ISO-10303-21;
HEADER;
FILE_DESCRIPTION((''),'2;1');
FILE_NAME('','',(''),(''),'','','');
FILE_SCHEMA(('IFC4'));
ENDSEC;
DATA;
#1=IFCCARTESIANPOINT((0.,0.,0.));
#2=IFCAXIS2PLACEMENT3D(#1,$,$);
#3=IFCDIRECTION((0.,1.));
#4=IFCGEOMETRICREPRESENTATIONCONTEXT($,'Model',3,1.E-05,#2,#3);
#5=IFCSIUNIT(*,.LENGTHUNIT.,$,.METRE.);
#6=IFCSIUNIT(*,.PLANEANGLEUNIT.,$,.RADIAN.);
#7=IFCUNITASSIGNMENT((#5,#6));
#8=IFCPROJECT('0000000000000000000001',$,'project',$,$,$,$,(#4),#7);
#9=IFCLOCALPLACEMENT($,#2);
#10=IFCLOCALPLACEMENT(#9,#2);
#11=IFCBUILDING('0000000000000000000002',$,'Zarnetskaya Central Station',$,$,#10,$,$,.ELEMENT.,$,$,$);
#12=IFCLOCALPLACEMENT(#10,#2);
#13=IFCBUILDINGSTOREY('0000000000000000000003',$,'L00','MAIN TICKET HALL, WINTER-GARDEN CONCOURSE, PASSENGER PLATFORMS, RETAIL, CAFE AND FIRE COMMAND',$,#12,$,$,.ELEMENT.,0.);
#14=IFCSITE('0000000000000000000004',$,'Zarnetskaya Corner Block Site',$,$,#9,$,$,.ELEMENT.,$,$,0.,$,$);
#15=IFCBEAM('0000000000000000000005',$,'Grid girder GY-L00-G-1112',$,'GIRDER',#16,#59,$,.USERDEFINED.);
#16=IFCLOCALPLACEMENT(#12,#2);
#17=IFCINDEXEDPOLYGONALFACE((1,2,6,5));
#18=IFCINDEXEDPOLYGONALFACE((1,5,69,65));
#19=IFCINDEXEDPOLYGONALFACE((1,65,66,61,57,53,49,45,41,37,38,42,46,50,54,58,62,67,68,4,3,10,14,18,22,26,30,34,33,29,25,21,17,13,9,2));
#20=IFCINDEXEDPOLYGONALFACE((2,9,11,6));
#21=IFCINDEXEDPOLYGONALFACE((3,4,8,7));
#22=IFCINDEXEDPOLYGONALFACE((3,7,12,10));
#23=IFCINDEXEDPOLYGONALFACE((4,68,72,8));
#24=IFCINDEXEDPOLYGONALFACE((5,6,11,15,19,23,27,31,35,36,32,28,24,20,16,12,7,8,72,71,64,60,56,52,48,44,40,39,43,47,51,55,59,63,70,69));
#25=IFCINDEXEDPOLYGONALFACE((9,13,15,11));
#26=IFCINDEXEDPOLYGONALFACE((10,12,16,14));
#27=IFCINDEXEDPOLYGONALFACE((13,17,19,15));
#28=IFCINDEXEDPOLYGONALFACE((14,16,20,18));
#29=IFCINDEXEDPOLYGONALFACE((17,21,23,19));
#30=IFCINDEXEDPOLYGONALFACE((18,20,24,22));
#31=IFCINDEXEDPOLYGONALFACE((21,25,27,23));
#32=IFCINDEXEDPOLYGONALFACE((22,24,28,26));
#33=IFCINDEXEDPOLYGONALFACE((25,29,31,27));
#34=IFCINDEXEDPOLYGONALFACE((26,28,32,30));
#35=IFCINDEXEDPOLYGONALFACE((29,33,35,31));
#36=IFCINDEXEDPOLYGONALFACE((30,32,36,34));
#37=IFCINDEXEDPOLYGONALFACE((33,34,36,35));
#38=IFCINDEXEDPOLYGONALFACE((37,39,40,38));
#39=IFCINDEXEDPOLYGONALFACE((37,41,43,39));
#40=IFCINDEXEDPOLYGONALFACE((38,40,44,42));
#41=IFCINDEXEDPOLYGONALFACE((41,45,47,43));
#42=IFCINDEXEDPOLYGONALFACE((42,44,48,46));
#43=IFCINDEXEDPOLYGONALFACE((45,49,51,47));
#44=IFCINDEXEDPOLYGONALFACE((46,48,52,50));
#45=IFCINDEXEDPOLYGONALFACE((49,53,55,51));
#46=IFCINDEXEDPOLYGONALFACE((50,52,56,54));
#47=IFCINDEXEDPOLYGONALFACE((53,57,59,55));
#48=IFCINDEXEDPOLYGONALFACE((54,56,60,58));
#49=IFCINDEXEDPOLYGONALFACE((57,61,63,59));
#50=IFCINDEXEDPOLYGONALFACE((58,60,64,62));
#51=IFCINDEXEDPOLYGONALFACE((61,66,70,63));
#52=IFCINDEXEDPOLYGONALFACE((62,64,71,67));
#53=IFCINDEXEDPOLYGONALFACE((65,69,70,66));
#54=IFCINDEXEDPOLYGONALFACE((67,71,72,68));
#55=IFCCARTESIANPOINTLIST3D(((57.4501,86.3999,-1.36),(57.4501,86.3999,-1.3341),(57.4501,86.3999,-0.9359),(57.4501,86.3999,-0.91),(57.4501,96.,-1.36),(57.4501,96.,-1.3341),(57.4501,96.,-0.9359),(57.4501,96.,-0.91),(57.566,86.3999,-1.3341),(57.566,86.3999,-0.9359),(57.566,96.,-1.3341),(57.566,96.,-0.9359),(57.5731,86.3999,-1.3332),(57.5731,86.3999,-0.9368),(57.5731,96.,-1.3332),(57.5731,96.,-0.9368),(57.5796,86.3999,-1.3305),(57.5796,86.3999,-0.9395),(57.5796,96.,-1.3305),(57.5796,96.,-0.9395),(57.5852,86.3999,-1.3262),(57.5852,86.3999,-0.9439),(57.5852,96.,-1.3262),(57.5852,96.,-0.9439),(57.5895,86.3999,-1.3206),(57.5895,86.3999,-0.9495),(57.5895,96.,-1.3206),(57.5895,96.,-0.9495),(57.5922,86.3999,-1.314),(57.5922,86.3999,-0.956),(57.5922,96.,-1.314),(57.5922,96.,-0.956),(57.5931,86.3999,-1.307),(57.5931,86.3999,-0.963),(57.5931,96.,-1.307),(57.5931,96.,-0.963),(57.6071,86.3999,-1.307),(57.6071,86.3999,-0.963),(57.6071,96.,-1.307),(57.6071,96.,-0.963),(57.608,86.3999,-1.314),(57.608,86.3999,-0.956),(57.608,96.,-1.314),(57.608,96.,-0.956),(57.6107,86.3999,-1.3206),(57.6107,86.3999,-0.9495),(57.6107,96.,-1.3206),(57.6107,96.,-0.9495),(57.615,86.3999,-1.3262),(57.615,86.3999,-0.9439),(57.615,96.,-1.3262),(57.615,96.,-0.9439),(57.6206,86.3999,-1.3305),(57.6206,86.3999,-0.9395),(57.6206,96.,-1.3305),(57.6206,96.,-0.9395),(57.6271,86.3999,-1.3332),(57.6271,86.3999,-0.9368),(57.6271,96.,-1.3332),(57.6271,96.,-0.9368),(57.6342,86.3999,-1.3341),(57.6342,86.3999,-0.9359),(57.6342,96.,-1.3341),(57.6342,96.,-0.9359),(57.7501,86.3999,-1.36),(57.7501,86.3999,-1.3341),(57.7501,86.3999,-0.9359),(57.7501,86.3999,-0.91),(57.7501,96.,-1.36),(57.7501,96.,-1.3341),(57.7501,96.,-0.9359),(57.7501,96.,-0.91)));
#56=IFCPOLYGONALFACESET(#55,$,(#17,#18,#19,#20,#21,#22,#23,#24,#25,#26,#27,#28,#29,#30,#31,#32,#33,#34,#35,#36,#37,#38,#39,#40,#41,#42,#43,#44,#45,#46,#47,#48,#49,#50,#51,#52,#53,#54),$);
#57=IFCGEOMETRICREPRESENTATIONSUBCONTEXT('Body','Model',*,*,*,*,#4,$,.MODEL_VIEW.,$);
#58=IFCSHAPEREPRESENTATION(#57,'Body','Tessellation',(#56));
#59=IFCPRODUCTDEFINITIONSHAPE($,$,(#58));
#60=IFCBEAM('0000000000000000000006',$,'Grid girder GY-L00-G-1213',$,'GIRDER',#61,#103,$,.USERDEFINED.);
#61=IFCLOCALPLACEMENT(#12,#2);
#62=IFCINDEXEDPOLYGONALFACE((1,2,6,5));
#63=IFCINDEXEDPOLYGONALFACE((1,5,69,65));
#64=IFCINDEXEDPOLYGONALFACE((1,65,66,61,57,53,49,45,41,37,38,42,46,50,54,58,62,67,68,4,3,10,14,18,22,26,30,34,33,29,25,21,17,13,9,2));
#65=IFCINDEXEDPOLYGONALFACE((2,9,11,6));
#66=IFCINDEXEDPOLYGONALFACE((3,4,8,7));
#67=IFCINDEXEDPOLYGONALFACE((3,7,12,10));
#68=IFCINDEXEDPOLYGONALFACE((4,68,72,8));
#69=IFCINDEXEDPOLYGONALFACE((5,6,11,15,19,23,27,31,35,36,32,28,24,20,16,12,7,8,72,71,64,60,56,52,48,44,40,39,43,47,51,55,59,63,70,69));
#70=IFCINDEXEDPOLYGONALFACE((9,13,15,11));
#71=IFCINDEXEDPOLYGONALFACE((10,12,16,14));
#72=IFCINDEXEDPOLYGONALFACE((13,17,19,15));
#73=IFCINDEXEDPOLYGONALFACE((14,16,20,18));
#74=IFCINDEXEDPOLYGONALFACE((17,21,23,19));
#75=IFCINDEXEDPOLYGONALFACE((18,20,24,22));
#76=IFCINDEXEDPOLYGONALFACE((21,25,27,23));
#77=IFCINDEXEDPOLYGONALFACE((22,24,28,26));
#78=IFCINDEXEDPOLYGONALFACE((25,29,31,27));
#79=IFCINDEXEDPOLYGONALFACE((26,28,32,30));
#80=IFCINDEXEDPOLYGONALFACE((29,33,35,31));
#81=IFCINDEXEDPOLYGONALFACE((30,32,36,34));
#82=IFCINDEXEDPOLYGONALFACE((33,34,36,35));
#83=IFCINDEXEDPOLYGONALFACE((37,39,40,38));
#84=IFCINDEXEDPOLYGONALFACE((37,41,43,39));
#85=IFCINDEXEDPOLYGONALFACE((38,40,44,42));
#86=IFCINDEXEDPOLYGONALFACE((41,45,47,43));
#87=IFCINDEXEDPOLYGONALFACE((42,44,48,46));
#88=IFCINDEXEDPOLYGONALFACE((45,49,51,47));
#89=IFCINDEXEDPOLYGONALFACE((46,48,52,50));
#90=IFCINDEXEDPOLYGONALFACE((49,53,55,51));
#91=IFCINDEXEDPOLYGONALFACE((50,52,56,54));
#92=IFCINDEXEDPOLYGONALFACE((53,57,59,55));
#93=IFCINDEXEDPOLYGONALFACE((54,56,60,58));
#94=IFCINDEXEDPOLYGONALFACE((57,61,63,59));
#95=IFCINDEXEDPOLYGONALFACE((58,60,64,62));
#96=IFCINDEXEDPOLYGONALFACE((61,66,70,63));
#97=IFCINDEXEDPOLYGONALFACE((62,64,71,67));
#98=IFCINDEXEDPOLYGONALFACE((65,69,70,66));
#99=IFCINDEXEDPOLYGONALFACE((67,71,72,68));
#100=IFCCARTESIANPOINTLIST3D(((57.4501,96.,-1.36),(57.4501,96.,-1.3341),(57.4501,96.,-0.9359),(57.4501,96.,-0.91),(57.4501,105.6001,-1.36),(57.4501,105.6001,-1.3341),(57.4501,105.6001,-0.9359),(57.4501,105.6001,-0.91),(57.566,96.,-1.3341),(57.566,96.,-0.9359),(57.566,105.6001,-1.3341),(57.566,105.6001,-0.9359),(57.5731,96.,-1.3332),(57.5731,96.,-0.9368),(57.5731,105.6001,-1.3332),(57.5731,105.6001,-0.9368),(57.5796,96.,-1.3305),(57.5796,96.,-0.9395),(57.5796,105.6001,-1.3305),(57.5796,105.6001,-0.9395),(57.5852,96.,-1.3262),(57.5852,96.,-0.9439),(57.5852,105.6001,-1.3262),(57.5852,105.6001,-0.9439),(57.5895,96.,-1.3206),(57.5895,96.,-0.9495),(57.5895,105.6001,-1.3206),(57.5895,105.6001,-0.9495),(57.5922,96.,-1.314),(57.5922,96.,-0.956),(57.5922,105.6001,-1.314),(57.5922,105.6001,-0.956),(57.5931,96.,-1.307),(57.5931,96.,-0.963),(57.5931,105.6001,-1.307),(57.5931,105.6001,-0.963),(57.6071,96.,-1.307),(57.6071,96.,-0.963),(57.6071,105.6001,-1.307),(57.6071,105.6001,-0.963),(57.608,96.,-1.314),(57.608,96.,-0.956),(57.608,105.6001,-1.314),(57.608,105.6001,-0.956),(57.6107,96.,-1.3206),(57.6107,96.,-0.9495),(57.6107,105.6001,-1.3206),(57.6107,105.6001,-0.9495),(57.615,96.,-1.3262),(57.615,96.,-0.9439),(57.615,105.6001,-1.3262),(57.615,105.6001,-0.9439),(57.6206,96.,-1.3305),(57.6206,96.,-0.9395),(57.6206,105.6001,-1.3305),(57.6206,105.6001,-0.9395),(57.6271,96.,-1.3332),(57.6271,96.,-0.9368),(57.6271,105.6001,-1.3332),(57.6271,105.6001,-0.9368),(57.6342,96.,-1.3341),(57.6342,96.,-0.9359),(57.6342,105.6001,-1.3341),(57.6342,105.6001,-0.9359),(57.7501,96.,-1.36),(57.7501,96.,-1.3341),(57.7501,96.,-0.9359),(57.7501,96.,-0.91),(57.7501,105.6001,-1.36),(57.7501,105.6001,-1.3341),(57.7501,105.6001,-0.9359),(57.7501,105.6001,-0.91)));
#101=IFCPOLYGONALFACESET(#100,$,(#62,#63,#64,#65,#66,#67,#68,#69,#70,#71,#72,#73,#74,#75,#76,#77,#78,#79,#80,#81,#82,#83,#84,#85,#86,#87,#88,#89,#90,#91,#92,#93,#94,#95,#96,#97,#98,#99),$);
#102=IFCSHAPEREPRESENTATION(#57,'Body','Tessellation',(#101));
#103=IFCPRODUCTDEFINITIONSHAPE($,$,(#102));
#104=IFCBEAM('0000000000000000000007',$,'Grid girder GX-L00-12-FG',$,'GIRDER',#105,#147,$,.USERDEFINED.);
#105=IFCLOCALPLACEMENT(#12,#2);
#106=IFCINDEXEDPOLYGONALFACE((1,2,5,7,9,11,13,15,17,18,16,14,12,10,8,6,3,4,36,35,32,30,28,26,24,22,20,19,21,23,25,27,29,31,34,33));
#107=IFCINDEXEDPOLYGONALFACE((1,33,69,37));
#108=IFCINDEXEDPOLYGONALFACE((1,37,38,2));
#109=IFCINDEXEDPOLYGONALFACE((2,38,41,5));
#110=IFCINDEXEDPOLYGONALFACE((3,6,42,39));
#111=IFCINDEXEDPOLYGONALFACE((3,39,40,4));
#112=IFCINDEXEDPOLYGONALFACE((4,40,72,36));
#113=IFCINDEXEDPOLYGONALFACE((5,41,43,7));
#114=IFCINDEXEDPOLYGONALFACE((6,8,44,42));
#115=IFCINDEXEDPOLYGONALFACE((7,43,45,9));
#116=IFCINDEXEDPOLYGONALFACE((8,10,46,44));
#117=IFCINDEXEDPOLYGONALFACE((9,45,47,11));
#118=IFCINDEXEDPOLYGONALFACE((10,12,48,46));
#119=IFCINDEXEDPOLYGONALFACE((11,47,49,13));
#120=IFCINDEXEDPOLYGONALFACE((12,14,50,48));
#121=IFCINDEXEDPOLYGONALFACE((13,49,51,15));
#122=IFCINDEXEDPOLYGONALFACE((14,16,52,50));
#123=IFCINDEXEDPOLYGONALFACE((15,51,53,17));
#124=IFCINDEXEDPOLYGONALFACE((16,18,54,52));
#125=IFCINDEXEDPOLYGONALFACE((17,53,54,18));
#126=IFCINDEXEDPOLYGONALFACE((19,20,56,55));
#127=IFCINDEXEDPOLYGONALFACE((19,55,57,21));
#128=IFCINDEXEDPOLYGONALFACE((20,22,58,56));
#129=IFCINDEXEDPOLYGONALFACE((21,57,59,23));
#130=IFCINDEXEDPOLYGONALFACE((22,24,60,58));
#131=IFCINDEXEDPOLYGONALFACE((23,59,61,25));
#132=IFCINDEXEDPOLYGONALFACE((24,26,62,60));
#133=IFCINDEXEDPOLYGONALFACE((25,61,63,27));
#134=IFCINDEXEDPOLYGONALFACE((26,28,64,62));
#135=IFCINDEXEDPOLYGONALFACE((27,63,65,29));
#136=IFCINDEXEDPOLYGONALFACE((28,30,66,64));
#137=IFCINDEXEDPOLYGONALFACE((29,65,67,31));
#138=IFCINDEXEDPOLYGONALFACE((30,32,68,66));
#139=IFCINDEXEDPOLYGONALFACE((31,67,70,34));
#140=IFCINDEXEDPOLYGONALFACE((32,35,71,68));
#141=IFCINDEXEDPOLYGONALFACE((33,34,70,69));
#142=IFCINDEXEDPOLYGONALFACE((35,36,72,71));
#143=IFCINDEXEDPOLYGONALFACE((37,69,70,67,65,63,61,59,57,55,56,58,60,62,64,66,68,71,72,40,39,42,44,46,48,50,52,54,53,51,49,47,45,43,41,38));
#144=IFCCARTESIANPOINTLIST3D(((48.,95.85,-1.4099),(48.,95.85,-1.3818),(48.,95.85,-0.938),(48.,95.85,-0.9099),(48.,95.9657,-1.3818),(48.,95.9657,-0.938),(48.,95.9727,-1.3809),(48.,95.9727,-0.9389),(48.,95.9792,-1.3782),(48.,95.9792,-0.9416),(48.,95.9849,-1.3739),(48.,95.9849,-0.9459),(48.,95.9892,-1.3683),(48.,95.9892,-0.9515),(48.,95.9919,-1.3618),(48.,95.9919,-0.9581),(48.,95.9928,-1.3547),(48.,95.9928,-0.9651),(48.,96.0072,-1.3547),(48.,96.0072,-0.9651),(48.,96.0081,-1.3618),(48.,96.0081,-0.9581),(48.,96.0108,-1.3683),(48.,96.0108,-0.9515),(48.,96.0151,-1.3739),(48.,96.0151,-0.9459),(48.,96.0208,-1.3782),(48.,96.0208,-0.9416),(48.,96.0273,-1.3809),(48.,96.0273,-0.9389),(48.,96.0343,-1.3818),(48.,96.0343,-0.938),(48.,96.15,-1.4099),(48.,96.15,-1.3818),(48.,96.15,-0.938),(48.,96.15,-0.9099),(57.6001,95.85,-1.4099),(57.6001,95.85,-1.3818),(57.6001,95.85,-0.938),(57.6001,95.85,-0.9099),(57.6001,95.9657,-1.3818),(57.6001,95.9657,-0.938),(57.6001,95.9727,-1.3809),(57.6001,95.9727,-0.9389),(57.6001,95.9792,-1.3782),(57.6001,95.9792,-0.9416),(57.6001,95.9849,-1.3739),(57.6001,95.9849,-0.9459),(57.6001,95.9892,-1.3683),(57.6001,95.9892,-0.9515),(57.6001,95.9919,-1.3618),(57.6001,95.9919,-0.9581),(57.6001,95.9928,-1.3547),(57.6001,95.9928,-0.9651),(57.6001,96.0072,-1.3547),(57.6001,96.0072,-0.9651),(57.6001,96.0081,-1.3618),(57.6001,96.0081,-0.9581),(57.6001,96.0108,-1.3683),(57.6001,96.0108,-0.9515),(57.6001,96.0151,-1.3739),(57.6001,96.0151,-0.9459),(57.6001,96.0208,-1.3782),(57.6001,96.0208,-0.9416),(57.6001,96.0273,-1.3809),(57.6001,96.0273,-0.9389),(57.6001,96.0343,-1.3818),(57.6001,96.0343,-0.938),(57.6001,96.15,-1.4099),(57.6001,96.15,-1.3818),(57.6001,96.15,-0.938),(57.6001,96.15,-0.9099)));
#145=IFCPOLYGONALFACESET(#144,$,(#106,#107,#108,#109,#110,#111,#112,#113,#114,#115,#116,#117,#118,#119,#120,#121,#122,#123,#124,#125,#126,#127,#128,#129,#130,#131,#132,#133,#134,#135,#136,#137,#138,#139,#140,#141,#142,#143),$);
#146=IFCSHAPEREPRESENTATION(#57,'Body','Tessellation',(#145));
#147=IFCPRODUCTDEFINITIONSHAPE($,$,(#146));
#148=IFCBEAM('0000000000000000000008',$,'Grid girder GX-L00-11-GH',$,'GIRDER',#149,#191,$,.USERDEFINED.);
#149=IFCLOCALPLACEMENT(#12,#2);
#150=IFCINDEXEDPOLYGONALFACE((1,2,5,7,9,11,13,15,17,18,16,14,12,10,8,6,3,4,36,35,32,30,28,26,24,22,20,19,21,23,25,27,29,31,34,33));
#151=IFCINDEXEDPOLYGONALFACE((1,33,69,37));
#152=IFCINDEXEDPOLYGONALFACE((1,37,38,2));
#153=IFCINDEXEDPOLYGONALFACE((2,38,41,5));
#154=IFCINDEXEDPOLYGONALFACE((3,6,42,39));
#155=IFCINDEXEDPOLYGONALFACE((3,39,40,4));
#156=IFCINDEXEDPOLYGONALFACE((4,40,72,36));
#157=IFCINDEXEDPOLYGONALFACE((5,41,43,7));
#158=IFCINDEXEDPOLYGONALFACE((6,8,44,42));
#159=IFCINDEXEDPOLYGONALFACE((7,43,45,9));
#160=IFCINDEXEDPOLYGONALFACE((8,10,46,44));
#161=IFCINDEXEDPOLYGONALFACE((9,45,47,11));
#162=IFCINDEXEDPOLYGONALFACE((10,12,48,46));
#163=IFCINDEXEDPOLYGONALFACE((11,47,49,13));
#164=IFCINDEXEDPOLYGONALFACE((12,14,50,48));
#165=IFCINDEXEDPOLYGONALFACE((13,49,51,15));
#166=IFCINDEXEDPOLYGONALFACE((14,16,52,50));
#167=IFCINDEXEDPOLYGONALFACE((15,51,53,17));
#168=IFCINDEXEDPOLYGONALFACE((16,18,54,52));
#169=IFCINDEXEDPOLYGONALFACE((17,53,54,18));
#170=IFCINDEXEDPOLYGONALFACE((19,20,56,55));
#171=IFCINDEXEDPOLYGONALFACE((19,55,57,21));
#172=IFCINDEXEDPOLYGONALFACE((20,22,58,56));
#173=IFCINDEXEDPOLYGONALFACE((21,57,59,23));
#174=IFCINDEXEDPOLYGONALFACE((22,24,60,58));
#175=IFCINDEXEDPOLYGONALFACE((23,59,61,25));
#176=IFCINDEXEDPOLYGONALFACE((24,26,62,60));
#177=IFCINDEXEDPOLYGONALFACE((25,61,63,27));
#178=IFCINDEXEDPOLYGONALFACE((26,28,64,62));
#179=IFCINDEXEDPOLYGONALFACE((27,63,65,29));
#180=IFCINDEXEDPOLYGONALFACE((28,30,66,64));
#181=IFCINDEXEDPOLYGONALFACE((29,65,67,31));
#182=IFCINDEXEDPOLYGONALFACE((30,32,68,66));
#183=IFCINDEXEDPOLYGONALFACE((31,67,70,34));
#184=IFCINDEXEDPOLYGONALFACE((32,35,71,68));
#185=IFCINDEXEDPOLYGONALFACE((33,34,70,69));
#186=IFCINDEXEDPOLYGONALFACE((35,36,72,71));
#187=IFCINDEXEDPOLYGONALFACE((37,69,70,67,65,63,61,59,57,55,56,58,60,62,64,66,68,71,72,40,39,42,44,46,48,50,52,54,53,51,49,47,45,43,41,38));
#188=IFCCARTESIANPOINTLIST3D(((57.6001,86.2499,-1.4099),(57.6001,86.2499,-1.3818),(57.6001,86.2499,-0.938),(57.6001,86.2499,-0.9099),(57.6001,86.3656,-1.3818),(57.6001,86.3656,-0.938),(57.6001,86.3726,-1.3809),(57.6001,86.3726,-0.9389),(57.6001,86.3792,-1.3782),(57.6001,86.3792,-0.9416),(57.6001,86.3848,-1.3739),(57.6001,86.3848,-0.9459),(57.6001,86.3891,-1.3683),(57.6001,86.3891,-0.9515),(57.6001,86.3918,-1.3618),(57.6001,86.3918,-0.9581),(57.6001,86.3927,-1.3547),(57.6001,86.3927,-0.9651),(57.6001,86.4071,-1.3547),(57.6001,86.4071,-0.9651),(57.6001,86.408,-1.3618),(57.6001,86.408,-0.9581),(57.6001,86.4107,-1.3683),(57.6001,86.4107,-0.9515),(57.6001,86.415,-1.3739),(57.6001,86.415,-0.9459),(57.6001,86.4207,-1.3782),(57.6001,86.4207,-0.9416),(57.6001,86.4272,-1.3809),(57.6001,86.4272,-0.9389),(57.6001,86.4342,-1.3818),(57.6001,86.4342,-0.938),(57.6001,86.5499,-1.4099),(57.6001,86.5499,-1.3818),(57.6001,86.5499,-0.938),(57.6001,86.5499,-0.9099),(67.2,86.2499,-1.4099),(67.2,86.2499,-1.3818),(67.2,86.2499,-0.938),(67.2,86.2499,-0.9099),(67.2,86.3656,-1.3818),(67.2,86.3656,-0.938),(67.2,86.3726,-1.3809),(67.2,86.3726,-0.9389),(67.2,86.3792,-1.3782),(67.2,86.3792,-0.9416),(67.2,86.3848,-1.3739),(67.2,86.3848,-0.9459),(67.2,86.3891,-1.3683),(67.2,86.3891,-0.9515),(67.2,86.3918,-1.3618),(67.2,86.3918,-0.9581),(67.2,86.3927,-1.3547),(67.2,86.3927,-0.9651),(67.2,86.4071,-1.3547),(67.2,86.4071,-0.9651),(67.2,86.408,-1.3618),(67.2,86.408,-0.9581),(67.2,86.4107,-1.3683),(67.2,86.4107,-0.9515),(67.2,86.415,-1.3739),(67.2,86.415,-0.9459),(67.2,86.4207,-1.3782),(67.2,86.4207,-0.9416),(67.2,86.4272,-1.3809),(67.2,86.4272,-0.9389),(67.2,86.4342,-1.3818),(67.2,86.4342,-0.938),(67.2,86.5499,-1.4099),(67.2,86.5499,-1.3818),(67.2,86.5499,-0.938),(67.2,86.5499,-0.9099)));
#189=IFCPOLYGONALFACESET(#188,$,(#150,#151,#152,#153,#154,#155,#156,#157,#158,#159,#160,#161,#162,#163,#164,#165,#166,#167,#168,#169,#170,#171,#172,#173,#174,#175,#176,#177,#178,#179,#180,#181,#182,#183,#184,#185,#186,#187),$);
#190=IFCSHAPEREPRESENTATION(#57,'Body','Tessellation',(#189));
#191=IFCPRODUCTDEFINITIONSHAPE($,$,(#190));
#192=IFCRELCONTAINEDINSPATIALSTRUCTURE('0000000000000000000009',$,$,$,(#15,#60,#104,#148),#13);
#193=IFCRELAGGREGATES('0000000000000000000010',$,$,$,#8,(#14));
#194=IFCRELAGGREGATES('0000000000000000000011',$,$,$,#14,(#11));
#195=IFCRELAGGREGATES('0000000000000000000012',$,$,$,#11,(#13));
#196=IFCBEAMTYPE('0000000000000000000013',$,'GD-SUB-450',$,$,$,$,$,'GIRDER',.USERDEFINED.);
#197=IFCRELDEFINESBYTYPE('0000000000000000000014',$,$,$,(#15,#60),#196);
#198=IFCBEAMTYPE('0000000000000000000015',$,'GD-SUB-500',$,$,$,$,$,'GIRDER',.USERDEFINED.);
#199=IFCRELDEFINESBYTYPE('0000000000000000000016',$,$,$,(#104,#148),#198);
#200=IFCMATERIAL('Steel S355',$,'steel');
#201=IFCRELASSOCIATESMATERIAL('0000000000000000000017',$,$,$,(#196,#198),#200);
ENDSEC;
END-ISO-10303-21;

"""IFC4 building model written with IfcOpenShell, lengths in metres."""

from ifc_helpers import new_model, si_unit, direction, frame, origin, origin_2d, place, context, subcontext, project, spatial, i_section, extrude, material, material_profile, profile_set, type_object, element, save


model = new_model("IFC4")

# Units and contexts
model_context = context("Model", 3, precision=1e-05, world=origin(), true_north=direction((0.0, 1.0)))
body_context = subcontext(model_context, "Body", "Model", "MODEL_VIEW")
ifc_project = project(units=[si_unit("LENGTHUNIT", "METRE"), si_unit("PLANEANGLEUNIT", "RADIAN")], contexts=[model_context])

# Site, building, storey
site_placement = place(None, origin())
site = spatial("IfcSite", under=ifc_project, at=site_placement, Name="Zarnetskaya Corner Block Site", CompositionType="ELEMENT", RefElevation=0.0)
building_placement = place(site_placement, origin())
building = spatial("IfcBuilding", under=site, at=building_placement, Name="Zarnetskaya Central Station", CompositionType="ELEMENT")
storey_placement = place(building_placement, origin())
storey = spatial("IfcBuildingStorey", under=building, at=storey_placement, Name="L00", Description="MAIN TICKET HALL, WINTER-GARDEN CONCOURSE, PASSENGER PLATFORMS, RETAIL, CAFE AND FIRE COMMAND", CompositionType="ELEMENT", Elevation=0.0)

# Shared definitions
ifc_material = material(Name="Steel S355", Category="steel")

# Beams
ifc_material_profile_1 = material_profile(ifc_material, i_section(OverallWidth=0.3, OverallDepth=0.45, WebThickness=0.0139, FlangeThickness=0.0259, FilletRadius=0.0271, at=origin_2d()), Name="HEB 450")
ifc_profile_set_1 = profile_set([ifc_material_profile_1], Name="Steel S355")
beam_type_1 = type_object("IfcBeamType", Name="GD-SUB-450", ElementType="GIRDER", PredefinedType="USERDEFINED", material=ifc_profile_set_1)
for number, where, z_axis, x_axis, name in (
    (1, (57.6001, 86.3999, -1.135), (0.0, 1.0, 0.0), (-1.0, 0.0, 0.0), "Grid girder GY-L00-G-1112"),
    (2, (57.6001, 96.0, -1.135), (0.0, 1.0, 0.0), (-1.0, 0.0, 0.0), "Grid girder GY-L00-G-1213"),
):
    element("IfcBeam", number, at=place(storey_placement, frame(where, z_axis=z_axis, x_axis=x_axis)), inside=storey, type_object=beam_type_1, Name=name, ObjectType="GIRDER", PredefinedType="USERDEFINED", context=body_context, shape_type="SweptSolid", body=[
        extrude(i_section(OverallWidth=0.3, OverallDepth=0.45, WebThickness=0.0139, FlangeThickness=0.0259, FilletRadius=0.0271, at=origin_2d()), origin(), (0.0, 0.0, 1.0), 9.6001),
    ])
ifc_material_profile_2 = material_profile(ifc_material, i_section(OverallWidth=0.3, OverallDepth=0.5, WebThickness=0.0144, FlangeThickness=0.0281, FilletRadius=0.0271, at=origin_2d()), Name="HEB 500")
ifc_profile_set_2 = profile_set([ifc_material_profile_2], Name="Steel S355")
beam_type_2 = type_object("IfcBeamType", Name="GD-SUB-500", ElementType="GIRDER", PredefinedType="USERDEFINED", material=ifc_profile_set_2)
beam_1_placement = place(storey_placement, frame((48.0, 96.0, -1.1599), z_axis=(1.0, 0.0, 0.0), x_axis=(0.0, 1.0, 0.0)))
element("IfcBeam", 3, at=beam_1_placement, inside=storey, type_object=beam_type_2, Name="Grid girder GX-L00-12-FG", ObjectType="GIRDER", PredefinedType="USERDEFINED", context=body_context, shape_type="SweptSolid", body=[
    extrude(i_section(OverallWidth=0.3, OverallDepth=0.5, WebThickness=0.0144, FlangeThickness=0.0281, FilletRadius=0.0271, at=origin_2d()), origin(), (0.0, 0.0, 1.0), 9.6001),
])
for number, where, z_axis, x_axis, name in (
    (4, (57.6001, 86.3999, -1.1599), (1.0, 0.0, 0.0), (0.0, 1.0, 0.0), "Grid girder GX-L00-11-GH"),
):
    element("IfcBeam", number, at=place(storey_placement, frame(where, z_axis=z_axis, x_axis=x_axis)), inside=storey, type_object=beam_type_2, Name=name, ObjectType="GIRDER", PredefinedType="USERDEFINED", context=body_context, shape_type="SweptSolid", body=[
        extrude(i_section(OverallWidth=0.3, OverallDepth=0.5, WebThickness=0.0144, FlangeThickness=0.0281, FilletRadius=0.0271, at=origin_2d()), origin(), (0.0, 0.0, 1.0), 9.5999),
    ])

save(model, "model.ifc")
